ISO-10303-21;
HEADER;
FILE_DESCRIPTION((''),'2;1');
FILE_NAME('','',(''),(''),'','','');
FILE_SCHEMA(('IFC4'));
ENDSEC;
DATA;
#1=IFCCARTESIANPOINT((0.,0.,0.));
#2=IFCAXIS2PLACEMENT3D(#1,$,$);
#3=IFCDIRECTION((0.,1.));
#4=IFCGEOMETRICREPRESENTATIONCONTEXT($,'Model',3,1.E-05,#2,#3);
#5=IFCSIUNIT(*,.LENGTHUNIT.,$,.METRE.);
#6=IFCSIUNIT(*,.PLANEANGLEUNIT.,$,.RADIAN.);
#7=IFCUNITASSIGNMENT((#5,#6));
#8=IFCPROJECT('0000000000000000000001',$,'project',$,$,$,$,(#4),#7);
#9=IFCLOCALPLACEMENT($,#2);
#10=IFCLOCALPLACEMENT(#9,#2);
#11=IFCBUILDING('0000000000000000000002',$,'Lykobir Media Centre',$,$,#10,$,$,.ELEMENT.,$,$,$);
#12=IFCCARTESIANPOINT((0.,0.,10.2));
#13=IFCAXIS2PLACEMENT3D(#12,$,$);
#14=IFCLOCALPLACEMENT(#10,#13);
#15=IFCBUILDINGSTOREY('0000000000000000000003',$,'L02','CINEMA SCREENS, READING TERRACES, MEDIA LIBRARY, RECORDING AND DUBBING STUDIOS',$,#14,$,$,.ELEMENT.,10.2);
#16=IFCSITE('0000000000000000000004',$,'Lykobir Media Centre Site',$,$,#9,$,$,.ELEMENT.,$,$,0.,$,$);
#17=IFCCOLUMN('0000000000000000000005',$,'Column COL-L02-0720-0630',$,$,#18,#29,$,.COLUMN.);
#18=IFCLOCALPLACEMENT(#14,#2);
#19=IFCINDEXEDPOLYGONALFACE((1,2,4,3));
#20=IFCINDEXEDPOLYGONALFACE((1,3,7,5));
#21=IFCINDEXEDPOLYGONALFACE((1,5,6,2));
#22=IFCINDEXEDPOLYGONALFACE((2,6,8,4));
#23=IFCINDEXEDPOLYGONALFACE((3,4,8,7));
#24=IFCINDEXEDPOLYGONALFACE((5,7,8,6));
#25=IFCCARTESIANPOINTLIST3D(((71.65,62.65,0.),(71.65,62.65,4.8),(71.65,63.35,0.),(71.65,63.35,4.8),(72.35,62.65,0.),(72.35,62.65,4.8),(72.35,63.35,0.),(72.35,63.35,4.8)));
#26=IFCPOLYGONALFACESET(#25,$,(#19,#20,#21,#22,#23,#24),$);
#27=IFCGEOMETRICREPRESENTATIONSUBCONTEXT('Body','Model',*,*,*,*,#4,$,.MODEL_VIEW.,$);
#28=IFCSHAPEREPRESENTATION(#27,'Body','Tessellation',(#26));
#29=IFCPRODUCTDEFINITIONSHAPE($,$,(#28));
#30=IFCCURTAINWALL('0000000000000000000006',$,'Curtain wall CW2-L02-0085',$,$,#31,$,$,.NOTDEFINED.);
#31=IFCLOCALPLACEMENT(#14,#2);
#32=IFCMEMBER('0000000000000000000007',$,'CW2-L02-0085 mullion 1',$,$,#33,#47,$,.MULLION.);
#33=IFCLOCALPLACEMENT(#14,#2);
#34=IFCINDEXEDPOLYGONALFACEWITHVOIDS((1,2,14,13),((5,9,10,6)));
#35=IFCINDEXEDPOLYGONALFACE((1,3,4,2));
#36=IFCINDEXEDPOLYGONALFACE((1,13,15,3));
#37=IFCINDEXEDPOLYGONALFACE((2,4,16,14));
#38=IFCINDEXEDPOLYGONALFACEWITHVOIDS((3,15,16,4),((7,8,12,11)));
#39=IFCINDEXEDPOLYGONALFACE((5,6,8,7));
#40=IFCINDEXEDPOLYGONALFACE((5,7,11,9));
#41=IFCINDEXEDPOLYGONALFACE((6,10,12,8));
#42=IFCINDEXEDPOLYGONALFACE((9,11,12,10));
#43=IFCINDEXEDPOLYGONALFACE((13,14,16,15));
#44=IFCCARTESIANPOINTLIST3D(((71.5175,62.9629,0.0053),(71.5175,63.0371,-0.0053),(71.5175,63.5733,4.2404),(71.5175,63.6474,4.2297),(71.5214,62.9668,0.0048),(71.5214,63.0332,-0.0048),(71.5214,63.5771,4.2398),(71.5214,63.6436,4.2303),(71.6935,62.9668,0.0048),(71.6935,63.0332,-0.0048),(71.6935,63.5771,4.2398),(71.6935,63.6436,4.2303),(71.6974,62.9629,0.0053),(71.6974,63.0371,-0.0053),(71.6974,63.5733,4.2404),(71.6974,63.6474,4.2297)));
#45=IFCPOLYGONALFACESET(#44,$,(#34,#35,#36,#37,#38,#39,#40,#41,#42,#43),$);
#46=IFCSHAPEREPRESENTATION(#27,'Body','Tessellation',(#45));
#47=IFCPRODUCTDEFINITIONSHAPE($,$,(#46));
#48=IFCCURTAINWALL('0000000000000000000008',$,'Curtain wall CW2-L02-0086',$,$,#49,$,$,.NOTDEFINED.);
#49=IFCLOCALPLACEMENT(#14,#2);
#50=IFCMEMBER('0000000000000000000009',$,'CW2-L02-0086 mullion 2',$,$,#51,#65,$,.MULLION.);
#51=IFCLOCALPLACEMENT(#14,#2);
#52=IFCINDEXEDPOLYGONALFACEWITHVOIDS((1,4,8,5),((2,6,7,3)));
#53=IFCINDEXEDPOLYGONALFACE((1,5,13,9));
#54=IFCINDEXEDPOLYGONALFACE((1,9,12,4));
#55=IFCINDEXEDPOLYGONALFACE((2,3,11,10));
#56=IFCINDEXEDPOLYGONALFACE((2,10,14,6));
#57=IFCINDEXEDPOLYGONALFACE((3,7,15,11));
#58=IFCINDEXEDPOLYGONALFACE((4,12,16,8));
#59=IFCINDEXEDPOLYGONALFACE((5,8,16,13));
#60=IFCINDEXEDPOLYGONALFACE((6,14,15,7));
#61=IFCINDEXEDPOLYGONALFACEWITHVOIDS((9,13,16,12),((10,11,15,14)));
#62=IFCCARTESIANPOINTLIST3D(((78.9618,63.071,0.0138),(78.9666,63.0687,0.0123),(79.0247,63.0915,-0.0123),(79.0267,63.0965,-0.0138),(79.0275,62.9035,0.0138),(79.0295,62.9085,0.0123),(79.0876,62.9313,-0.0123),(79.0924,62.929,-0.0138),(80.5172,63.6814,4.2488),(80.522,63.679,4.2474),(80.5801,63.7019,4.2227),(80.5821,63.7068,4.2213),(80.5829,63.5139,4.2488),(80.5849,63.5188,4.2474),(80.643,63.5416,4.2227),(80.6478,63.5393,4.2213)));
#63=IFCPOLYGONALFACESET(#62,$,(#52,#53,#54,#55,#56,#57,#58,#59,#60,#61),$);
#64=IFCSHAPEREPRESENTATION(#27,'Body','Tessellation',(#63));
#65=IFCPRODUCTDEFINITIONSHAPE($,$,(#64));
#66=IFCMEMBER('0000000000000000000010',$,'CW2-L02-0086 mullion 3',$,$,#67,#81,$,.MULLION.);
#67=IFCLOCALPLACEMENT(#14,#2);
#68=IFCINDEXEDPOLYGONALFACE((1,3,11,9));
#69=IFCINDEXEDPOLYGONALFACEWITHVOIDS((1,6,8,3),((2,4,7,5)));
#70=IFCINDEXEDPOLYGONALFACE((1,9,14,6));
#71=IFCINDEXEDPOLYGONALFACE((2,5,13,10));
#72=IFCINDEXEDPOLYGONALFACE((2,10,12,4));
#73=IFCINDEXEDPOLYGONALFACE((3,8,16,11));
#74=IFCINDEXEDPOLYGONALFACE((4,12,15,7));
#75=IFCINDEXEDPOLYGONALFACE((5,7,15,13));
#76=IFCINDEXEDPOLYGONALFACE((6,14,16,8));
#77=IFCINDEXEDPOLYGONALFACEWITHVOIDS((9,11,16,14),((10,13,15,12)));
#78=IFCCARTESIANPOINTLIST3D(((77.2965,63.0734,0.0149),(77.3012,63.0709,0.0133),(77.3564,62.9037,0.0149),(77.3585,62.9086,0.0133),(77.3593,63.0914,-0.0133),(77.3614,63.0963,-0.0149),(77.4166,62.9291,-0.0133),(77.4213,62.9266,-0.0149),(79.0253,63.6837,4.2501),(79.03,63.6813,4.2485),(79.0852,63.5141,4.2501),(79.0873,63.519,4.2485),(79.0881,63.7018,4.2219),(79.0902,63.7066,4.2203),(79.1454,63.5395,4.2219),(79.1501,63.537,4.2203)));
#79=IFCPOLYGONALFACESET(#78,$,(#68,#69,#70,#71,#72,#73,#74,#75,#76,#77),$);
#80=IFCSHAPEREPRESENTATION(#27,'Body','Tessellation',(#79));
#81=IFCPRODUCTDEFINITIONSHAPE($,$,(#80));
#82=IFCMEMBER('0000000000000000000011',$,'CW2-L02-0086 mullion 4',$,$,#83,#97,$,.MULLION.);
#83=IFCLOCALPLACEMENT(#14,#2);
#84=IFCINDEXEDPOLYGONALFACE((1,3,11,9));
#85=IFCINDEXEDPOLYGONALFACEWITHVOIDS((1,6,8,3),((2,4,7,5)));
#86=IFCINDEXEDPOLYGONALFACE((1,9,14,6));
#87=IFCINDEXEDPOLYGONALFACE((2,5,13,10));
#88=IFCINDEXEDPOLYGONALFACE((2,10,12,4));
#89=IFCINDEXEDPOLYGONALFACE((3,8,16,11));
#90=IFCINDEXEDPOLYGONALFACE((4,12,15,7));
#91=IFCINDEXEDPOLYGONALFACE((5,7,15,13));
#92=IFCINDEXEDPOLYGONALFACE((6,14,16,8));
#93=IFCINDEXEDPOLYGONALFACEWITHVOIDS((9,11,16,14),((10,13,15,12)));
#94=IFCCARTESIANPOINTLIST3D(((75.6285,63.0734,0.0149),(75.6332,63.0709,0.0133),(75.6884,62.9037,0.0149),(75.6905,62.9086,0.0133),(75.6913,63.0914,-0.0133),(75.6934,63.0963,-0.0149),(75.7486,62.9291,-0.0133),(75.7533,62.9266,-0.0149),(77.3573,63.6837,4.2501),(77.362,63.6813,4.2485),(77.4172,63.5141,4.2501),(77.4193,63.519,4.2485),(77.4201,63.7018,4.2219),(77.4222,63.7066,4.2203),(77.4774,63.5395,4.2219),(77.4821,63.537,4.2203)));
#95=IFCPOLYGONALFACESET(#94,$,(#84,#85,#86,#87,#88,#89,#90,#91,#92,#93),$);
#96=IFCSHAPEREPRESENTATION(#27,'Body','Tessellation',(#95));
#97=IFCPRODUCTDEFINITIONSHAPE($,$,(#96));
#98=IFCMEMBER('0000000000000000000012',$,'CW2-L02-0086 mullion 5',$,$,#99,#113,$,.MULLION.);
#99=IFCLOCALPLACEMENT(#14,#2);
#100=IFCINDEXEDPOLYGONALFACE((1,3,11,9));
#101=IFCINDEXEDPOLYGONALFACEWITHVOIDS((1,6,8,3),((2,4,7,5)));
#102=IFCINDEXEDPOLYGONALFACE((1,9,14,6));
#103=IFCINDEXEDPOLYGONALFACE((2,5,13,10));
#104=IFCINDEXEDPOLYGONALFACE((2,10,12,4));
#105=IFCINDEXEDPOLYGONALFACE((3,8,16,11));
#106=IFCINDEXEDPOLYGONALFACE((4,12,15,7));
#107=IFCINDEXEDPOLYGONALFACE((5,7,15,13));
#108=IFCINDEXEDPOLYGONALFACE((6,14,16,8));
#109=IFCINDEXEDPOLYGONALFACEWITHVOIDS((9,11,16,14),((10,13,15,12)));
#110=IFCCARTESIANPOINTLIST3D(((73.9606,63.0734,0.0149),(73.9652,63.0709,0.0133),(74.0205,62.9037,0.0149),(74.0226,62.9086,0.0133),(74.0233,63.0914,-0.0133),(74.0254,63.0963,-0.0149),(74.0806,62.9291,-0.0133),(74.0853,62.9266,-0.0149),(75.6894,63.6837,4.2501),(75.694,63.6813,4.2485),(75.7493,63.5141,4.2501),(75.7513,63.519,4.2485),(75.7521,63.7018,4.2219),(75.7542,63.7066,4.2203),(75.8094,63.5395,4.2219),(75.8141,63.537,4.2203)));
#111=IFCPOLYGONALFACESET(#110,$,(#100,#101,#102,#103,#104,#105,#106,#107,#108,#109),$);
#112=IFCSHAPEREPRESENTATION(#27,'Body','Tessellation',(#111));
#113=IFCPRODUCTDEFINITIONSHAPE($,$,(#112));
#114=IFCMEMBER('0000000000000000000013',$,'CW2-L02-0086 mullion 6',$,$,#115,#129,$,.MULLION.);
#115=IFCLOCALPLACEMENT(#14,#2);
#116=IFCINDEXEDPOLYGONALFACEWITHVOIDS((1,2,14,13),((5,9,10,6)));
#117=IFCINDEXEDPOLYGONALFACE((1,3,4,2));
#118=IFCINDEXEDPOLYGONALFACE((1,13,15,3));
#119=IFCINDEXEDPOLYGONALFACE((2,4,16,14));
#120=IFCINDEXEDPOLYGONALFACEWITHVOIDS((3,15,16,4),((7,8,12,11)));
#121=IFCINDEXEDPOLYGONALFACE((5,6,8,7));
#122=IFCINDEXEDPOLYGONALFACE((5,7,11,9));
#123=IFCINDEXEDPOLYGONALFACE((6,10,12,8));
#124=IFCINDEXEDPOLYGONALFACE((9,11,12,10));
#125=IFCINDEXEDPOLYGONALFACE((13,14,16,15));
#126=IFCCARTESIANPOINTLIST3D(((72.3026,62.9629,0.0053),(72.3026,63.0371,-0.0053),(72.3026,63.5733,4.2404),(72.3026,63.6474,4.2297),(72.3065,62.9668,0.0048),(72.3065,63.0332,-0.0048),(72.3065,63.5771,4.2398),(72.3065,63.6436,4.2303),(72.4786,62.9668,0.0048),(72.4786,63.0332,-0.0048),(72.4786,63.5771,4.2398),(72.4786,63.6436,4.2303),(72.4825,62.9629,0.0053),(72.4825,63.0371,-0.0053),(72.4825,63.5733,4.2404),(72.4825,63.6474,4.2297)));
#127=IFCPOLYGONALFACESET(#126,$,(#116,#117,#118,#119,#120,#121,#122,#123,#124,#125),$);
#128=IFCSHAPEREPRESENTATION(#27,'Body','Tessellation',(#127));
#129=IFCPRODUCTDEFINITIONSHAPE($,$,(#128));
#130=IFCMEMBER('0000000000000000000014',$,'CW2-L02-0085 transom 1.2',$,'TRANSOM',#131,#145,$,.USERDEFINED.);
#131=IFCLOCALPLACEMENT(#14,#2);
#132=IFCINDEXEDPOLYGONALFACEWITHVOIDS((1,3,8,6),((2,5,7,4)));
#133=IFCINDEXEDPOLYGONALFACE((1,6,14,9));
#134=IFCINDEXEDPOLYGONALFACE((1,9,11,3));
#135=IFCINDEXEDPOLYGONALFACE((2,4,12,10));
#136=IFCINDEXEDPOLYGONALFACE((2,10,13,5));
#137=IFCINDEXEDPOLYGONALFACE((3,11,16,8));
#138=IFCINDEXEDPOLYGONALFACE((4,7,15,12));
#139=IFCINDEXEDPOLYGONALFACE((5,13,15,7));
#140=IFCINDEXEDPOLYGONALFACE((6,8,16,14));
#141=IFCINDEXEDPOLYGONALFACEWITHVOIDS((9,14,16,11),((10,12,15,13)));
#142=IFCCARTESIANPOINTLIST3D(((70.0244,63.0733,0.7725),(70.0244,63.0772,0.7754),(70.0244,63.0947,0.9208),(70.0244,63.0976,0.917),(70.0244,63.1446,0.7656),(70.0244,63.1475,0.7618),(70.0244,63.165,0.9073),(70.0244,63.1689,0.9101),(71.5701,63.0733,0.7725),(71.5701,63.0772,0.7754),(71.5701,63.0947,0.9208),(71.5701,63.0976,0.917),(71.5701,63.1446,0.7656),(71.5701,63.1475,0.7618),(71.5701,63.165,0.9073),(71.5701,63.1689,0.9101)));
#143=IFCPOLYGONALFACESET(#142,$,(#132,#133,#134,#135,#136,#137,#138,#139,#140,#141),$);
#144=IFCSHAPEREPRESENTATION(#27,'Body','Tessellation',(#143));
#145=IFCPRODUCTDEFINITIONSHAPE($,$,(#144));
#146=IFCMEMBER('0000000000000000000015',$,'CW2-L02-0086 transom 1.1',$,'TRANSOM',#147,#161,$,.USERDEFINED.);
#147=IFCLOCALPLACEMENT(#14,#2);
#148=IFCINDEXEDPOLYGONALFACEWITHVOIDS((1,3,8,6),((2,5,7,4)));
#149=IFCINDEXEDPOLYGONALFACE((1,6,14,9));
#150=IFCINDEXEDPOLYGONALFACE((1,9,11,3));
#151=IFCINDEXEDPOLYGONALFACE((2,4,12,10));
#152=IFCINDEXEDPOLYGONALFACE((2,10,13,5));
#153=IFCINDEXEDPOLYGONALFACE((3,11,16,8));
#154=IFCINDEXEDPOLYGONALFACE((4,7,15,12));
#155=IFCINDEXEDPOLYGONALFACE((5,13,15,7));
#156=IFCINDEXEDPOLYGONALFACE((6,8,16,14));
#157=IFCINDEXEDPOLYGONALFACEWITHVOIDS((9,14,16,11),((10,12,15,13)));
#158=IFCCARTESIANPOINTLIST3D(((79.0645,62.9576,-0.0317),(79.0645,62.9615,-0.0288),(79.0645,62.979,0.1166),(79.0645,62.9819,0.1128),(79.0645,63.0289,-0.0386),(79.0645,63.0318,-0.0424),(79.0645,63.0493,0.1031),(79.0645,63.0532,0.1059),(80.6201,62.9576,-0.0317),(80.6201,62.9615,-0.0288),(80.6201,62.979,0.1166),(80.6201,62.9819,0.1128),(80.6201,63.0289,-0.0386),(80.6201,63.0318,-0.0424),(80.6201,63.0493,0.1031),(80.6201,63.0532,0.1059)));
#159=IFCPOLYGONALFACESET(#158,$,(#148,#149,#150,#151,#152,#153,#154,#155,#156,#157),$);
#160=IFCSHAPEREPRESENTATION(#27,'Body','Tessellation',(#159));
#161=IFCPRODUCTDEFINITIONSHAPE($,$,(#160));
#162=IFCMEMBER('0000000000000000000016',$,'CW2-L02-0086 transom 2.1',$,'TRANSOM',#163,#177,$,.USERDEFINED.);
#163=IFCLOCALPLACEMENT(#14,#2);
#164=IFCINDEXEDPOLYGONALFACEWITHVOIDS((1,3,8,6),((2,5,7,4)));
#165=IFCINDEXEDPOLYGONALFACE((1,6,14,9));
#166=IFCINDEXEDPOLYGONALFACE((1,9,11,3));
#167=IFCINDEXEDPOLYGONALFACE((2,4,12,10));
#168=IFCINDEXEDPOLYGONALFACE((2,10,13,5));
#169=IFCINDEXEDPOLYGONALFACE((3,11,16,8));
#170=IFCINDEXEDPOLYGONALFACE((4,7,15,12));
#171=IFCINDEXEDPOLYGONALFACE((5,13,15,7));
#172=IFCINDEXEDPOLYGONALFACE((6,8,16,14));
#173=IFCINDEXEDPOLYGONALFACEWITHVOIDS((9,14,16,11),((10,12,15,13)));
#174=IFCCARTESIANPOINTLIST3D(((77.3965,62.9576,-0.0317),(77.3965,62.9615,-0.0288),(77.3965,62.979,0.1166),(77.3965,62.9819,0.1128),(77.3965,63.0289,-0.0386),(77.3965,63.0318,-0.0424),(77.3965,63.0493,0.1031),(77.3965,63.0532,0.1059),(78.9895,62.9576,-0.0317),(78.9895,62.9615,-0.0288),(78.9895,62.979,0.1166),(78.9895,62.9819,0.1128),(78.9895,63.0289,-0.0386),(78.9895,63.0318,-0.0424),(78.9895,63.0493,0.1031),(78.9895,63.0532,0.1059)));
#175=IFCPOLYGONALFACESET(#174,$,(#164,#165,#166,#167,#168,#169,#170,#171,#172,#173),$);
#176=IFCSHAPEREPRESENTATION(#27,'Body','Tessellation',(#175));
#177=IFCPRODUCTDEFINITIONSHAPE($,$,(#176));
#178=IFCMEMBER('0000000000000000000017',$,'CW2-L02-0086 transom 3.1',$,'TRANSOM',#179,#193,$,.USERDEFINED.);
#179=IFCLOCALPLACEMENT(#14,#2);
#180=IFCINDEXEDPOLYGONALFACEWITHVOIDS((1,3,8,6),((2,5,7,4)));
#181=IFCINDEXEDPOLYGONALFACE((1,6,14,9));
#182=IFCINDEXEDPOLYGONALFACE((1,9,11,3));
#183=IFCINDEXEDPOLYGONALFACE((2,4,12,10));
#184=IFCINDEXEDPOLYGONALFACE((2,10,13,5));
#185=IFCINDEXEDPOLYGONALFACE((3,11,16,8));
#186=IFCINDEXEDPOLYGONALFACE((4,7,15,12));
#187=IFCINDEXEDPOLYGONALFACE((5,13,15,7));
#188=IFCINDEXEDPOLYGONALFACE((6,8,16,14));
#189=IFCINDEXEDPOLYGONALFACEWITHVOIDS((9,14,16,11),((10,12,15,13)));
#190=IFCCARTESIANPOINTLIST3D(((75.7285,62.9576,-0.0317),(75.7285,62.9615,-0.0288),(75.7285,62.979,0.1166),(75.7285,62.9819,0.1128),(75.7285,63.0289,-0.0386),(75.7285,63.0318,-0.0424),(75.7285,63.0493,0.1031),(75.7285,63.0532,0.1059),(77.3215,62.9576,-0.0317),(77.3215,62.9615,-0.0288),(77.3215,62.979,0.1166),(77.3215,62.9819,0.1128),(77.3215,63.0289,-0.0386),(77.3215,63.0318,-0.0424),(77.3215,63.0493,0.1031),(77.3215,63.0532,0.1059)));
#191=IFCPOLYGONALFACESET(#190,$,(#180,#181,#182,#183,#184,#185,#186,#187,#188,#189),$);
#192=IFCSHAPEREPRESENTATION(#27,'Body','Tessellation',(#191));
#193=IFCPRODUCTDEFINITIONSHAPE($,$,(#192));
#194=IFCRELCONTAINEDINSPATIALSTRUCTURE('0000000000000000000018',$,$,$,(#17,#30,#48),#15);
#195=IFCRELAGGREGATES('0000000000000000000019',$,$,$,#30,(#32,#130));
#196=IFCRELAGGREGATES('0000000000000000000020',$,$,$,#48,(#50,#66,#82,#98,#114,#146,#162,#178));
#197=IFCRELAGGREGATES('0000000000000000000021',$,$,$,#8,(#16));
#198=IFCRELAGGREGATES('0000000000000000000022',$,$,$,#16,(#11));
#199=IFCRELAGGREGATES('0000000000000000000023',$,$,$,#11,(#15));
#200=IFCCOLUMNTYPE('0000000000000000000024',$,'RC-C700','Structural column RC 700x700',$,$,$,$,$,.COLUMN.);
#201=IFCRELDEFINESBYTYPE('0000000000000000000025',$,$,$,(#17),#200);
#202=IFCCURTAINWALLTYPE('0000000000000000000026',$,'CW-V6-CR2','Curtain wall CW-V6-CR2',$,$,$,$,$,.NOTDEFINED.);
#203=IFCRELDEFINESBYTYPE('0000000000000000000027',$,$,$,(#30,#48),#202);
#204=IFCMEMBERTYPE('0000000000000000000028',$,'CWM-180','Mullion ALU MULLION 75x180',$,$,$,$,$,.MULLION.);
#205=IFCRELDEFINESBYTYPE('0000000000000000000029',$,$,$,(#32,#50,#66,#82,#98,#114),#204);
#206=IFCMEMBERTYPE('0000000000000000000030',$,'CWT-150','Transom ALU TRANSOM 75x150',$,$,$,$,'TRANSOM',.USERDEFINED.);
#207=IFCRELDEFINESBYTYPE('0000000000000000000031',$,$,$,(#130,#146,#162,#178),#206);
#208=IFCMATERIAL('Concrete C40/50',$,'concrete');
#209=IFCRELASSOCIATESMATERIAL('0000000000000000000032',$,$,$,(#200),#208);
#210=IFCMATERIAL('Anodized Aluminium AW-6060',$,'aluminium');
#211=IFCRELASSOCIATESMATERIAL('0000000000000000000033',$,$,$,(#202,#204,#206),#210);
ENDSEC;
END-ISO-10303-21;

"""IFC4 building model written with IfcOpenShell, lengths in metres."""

from ifc_helpers import new_model, si_unit, direction, frame, origin, origin_2d, place, context, subcontext, project, spatial, rectangle, hollow_rectangle, extrude, material, material_profile, profile_set, type_object, element, aggregate, save


model = new_model("IFC4")

# Units and contexts
model_context = context("Model", 3, precision=1e-05, world=origin(), true_north=direction((0.0, 1.0)))
body_context = subcontext(model_context, "Body", "Model", "MODEL_VIEW")
ifc_project = project(units=[si_unit("LENGTHUNIT", "METRE"), si_unit("PLANEANGLEUNIT", "RADIAN")], contexts=[model_context])

# Site, building, storey
site_placement = place(None, origin())
site = spatial("IfcSite", under=ifc_project, at=site_placement, Name="Lykobir Media Centre Site", CompositionType="ELEMENT", RefElevation=0.0)
building_placement = place(site_placement, origin())
building = spatial("IfcBuilding", under=site, at=building_placement, Name="Lykobir Media Centre", CompositionType="ELEMENT")
storey_placement = place(building_placement, frame((0.0, 0.0, 10.2)))
storey = spatial("IfcBuildingStorey", under=building, at=storey_placement, Name="L02", Description="CINEMA SCREENS, READING TERRACES, MEDIA LIBRARY, RECORDING AND DUBBING STUDIOS", CompositionType="ELEMENT", Elevation=10.2)

# Column
ifc_material_1 = material(Name="Concrete C40/50", Category="concrete")
ifc_material_profile_1 = material_profile(ifc_material_1, rectangle(XDim=0.7, YDim=0.7, at=origin_2d()), Name="RC 700x700")
ifc_profile_set_1 = profile_set([ifc_material_profile_1], Name="Concrete C40/50")
column_type = type_object("IfcColumnType", Name="RC-C700", Description="Structural column RC 700x700", PredefinedType="COLUMN", material=ifc_profile_set_1)
column_placement = place(storey_placement, frame((72.0, 63.0, 0.0), z_axis=(0.0, 0.0, 1.0), x_axis=(1.0, 0.0, 0.0)))
element("IfcColumn", 1, at=column_placement, inside=storey, type_object=column_type, Name="Column COL-L02-0720-0630", PredefinedType="COLUMN", context=body_context, shape_type="SweptSolid", body=[
    extrude(rectangle(XDim=0.7, YDim=0.7, at=origin_2d()), origin(), (0.0, 0.0, 1.0), 4.8),
])

# Curtain wall, member
ifc_material_2 = material(Name="Anodized Aluminium AW-6060", Category="aluminium")
curtain_wall_type = type_object("IfcCurtainWallType", Name="CW-V6-CR2", Description="Curtain wall CW-V6-CR2", PredefinedType="NOTDEFINED", material=ifc_material_2)
curtain_wall_1_placement = place(storey_placement, origin())
curtain_wall_1 = element("IfcCurtainWall", 2, at=curtain_wall_1_placement, inside=storey, type_object=curtain_wall_type, Name="Curtain wall CW2-L02-0085", PredefinedType="NOTDEFINED")
ifc_material_profile_2 = material_profile(ifc_material_2, hollow_rectangle(XDim=0.075, YDim=0.1799, WallThickness=0.0039, at=origin_2d()), Name="ALU MULLION 75x180")
ifc_profile_set_2 = profile_set([ifc_material_profile_2], Name="Anodized Aluminium AW-6060")
member_type_1 = type_object("IfcMemberType", Name="CWM-180", Description="Mullion ALU MULLION 75x180", PredefinedType="MULLION", material=ifc_profile_set_2)
member_1_placement = place(storey_placement, frame((71.6074, 63.0, 0.0), z_axis=(0.0, 0.142643, 0.989774), x_axis=(0.0, 0.989774, -0.142643)))
member_1 = element("IfcMember", 3, at=member_1_placement, type_object=member_type_1, Name="CW2-L02-0085 mullion 1", PredefinedType="MULLION", context=body_context, shape_type="SweptSolid", body=[
    extrude(hollow_rectangle(XDim=0.075, YDim=0.1799, WallThickness=0.0039, at=origin_2d()), origin(), (0.0, 0.0, 1.0), 4.2788),
])

# Curtain wall, members
curtain_wall_2_placement = place(storey_placement, origin())
curtain_wall_2 = element("IfcCurtainWall", 4, at=curtain_wall_2_placement, inside=storey, type_object=curtain_wall_type, Name="Curtain wall CW2-L02-0086", PredefinedType="NOTDEFINED")
member_2_placement = place(storey_placement, frame((79.0271, 63.0, 0.0), z_axis=(0.34164, 0.134061, 0.93022), x_axis=(0.865938, 0.339797, -0.367002)))
member_2 = element("IfcMember", 5, at=member_2_placement, type_object=member_type_1, Name="CW2-L02-0086 mullion 2", PredefinedType="MULLION", context=body_context, shape_type="SweptSolid", body=[
    extrude(hollow_rectangle(XDim=0.075, YDim=0.1799, WallThickness=0.0039, at=origin_2d()), origin(), (0.0, 0.0, 1.0), 4.5527),
])
member_3_placement = place(storey_placement, frame((77.3589, 63.0, 0.0), z_axis=(0.374604, 0.132257, 0.917704), x_axis=(0.865354, 0.30552, -0.397266)))
member_3 = element("IfcMember", 6, at=member_3_placement, type_object=member_type_1, Name="CW2-L02-0086 mullion 3", PredefinedType="MULLION", context=body_context, shape_type="SweptSolid", body=[
    extrude(hollow_rectangle(XDim=0.075, YDim=0.1799, WallThickness=0.0039, at=origin_2d()), origin(), (0.0, 0.0, 1.0), 4.615),
])
member_4_placement = place(storey_placement, frame((75.6909, 63.0, 0.0), z_axis=(0.374604, 0.132257, 0.917704), x_axis=(0.865354, 0.30552, -0.397266)))
member_4 = element("IfcMember", 7, at=member_4_placement, type_object=member_type_1, Name="CW2-L02-0086 mullion 4", PredefinedType="MULLION", context=body_context, shape_type="SweptSolid", body=[
    extrude(hollow_rectangle(XDim=0.075, YDim=0.1799, WallThickness=0.0039, at=origin_2d()), origin(), (0.0, 0.0, 1.0), 4.615),
])
member_5_placement = place(storey_placement, frame((74.0229, 63.0, 0.0), z_axis=(0.374604, 0.132257, 0.917704), x_axis=(0.865354, 0.30552, -0.397266)))
member_5 = element("IfcMember", 8, at=member_5_placement, type_object=member_type_1, Name="CW2-L02-0086 mullion 5", PredefinedType="MULLION", context=body_context, shape_type="SweptSolid", body=[
    extrude(hollow_rectangle(XDim=0.075, YDim=0.1799, WallThickness=0.0039, at=origin_2d()), origin(), (0.0, 0.0, 1.0), 4.615),
])
member_6_placement = place(storey_placement, frame((72.3926, 63.0, 0.0), z_axis=(0.0, 0.142643, 0.989774), x_axis=(0.0, 0.989774, -0.142643)))
member_6 = element("IfcMember", 9, at=member_6_placement, type_object=member_type_1, Name="CW2-L02-0086 mullion 6", PredefinedType="MULLION", context=body_context, shape_type="SweptSolid", body=[
    extrude(hollow_rectangle(XDim=0.075, YDim=0.1799, WallThickness=0.0039, at=origin_2d()), origin(), (0.0, 0.0, 1.0), 4.2788),
])

# Members
ifc_material_profile_3 = material_profile(ifc_material_2, hollow_rectangle(XDim=0.075, YDim=0.1499, WallThickness=0.0034, at=origin_2d()), Name="ALU TRANSOM 75x150")
ifc_profile_set_3 = profile_set([ifc_material_profile_3], Name="Anodized Aluminium AW-6060")
member_type_2 = type_object("IfcMemberType", Name="CWT-150", Description="Transom ALU TRANSOM 75x150", ElementType="TRANSOM", PredefinedType="USERDEFINED", material=ifc_profile_set_3)
member_7_placement = place(storey_placement, frame((71.5701, 63.1211, 0.8413), z_axis=(-1.0, 0.0, 0.0), x_axis=(0.0, -0.989776, 0.142629)))
member_7 = element("IfcMember", 10, at=member_7_placement, type_object=member_type_2, Name="CW2-L02-0085 transom 1.2", ObjectType="TRANSOM", PredefinedType="USERDEFINED", context=body_context, shape_type="SweptSolid", body=[
    extrude(hollow_rectangle(XDim=0.075, YDim=0.1499, WallThickness=0.0034, at=origin_2d()), origin(), (0.0, 0.0, 1.0), 1.5457),
])
aggregate(curtain_wall_1, [member_1, member_7])
member_8_placement = place(storey_placement, frame((80.6201, 63.0054, 0.0371), z_axis=(-1.0, 0.0, 0.0), x_axis=(0.0, -0.989776, 0.142629)))
member_8 = element("IfcMember", 11, at=member_8_placement, type_object=member_type_2, Name="CW2-L02-0086 transom 1.1", ObjectType="TRANSOM", PredefinedType="USERDEFINED", context=body_context, shape_type="SweptSolid", body=[
    extrude(hollow_rectangle(XDim=0.075, YDim=0.1499, WallThickness=0.0034, at=origin_2d()), origin(), (0.0, 0.0, 1.0), 1.5557),
])
member_9_placement = place(storey_placement, frame((78.9895, 63.0054, 0.0371), z_axis=(-1.0, 0.0, 0.0), x_axis=(0.0, -0.989776, 0.142629)))
member_9 = element("IfcMember", 12, at=member_9_placement, type_object=member_type_2, Name="CW2-L02-0086 transom 2.1", ObjectType="TRANSOM", PredefinedType="USERDEFINED", context=body_context, shape_type="SweptSolid", body=[
    extrude(hollow_rectangle(XDim=0.075, YDim=0.1499, WallThickness=0.0034, at=origin_2d()), origin(), (0.0, 0.0, 1.0), 1.593),
])
member_10_placement = place(storey_placement, frame((77.3215, 63.0054, 0.0371), z_axis=(-1.0, 0.0, 0.0), x_axis=(0.0, -0.989776, 0.142629)))
member_10 = element("IfcMember", 13, at=member_10_placement, type_object=member_type_2, Name="CW2-L02-0086 transom 3.1", ObjectType="TRANSOM", PredefinedType="USERDEFINED", context=body_context, shape_type="SweptSolid", body=[
    extrude(hollow_rectangle(XDim=0.075, YDim=0.1499, WallThickness=0.0034, at=origin_2d()), origin(), (0.0, 0.0, 1.0), 1.593),
])

aggregate(curtain_wall_2, [member_2, member_3, member_4, member_5, member_6, member_8, member_9, member_10])

save(model, "model.ifc")
